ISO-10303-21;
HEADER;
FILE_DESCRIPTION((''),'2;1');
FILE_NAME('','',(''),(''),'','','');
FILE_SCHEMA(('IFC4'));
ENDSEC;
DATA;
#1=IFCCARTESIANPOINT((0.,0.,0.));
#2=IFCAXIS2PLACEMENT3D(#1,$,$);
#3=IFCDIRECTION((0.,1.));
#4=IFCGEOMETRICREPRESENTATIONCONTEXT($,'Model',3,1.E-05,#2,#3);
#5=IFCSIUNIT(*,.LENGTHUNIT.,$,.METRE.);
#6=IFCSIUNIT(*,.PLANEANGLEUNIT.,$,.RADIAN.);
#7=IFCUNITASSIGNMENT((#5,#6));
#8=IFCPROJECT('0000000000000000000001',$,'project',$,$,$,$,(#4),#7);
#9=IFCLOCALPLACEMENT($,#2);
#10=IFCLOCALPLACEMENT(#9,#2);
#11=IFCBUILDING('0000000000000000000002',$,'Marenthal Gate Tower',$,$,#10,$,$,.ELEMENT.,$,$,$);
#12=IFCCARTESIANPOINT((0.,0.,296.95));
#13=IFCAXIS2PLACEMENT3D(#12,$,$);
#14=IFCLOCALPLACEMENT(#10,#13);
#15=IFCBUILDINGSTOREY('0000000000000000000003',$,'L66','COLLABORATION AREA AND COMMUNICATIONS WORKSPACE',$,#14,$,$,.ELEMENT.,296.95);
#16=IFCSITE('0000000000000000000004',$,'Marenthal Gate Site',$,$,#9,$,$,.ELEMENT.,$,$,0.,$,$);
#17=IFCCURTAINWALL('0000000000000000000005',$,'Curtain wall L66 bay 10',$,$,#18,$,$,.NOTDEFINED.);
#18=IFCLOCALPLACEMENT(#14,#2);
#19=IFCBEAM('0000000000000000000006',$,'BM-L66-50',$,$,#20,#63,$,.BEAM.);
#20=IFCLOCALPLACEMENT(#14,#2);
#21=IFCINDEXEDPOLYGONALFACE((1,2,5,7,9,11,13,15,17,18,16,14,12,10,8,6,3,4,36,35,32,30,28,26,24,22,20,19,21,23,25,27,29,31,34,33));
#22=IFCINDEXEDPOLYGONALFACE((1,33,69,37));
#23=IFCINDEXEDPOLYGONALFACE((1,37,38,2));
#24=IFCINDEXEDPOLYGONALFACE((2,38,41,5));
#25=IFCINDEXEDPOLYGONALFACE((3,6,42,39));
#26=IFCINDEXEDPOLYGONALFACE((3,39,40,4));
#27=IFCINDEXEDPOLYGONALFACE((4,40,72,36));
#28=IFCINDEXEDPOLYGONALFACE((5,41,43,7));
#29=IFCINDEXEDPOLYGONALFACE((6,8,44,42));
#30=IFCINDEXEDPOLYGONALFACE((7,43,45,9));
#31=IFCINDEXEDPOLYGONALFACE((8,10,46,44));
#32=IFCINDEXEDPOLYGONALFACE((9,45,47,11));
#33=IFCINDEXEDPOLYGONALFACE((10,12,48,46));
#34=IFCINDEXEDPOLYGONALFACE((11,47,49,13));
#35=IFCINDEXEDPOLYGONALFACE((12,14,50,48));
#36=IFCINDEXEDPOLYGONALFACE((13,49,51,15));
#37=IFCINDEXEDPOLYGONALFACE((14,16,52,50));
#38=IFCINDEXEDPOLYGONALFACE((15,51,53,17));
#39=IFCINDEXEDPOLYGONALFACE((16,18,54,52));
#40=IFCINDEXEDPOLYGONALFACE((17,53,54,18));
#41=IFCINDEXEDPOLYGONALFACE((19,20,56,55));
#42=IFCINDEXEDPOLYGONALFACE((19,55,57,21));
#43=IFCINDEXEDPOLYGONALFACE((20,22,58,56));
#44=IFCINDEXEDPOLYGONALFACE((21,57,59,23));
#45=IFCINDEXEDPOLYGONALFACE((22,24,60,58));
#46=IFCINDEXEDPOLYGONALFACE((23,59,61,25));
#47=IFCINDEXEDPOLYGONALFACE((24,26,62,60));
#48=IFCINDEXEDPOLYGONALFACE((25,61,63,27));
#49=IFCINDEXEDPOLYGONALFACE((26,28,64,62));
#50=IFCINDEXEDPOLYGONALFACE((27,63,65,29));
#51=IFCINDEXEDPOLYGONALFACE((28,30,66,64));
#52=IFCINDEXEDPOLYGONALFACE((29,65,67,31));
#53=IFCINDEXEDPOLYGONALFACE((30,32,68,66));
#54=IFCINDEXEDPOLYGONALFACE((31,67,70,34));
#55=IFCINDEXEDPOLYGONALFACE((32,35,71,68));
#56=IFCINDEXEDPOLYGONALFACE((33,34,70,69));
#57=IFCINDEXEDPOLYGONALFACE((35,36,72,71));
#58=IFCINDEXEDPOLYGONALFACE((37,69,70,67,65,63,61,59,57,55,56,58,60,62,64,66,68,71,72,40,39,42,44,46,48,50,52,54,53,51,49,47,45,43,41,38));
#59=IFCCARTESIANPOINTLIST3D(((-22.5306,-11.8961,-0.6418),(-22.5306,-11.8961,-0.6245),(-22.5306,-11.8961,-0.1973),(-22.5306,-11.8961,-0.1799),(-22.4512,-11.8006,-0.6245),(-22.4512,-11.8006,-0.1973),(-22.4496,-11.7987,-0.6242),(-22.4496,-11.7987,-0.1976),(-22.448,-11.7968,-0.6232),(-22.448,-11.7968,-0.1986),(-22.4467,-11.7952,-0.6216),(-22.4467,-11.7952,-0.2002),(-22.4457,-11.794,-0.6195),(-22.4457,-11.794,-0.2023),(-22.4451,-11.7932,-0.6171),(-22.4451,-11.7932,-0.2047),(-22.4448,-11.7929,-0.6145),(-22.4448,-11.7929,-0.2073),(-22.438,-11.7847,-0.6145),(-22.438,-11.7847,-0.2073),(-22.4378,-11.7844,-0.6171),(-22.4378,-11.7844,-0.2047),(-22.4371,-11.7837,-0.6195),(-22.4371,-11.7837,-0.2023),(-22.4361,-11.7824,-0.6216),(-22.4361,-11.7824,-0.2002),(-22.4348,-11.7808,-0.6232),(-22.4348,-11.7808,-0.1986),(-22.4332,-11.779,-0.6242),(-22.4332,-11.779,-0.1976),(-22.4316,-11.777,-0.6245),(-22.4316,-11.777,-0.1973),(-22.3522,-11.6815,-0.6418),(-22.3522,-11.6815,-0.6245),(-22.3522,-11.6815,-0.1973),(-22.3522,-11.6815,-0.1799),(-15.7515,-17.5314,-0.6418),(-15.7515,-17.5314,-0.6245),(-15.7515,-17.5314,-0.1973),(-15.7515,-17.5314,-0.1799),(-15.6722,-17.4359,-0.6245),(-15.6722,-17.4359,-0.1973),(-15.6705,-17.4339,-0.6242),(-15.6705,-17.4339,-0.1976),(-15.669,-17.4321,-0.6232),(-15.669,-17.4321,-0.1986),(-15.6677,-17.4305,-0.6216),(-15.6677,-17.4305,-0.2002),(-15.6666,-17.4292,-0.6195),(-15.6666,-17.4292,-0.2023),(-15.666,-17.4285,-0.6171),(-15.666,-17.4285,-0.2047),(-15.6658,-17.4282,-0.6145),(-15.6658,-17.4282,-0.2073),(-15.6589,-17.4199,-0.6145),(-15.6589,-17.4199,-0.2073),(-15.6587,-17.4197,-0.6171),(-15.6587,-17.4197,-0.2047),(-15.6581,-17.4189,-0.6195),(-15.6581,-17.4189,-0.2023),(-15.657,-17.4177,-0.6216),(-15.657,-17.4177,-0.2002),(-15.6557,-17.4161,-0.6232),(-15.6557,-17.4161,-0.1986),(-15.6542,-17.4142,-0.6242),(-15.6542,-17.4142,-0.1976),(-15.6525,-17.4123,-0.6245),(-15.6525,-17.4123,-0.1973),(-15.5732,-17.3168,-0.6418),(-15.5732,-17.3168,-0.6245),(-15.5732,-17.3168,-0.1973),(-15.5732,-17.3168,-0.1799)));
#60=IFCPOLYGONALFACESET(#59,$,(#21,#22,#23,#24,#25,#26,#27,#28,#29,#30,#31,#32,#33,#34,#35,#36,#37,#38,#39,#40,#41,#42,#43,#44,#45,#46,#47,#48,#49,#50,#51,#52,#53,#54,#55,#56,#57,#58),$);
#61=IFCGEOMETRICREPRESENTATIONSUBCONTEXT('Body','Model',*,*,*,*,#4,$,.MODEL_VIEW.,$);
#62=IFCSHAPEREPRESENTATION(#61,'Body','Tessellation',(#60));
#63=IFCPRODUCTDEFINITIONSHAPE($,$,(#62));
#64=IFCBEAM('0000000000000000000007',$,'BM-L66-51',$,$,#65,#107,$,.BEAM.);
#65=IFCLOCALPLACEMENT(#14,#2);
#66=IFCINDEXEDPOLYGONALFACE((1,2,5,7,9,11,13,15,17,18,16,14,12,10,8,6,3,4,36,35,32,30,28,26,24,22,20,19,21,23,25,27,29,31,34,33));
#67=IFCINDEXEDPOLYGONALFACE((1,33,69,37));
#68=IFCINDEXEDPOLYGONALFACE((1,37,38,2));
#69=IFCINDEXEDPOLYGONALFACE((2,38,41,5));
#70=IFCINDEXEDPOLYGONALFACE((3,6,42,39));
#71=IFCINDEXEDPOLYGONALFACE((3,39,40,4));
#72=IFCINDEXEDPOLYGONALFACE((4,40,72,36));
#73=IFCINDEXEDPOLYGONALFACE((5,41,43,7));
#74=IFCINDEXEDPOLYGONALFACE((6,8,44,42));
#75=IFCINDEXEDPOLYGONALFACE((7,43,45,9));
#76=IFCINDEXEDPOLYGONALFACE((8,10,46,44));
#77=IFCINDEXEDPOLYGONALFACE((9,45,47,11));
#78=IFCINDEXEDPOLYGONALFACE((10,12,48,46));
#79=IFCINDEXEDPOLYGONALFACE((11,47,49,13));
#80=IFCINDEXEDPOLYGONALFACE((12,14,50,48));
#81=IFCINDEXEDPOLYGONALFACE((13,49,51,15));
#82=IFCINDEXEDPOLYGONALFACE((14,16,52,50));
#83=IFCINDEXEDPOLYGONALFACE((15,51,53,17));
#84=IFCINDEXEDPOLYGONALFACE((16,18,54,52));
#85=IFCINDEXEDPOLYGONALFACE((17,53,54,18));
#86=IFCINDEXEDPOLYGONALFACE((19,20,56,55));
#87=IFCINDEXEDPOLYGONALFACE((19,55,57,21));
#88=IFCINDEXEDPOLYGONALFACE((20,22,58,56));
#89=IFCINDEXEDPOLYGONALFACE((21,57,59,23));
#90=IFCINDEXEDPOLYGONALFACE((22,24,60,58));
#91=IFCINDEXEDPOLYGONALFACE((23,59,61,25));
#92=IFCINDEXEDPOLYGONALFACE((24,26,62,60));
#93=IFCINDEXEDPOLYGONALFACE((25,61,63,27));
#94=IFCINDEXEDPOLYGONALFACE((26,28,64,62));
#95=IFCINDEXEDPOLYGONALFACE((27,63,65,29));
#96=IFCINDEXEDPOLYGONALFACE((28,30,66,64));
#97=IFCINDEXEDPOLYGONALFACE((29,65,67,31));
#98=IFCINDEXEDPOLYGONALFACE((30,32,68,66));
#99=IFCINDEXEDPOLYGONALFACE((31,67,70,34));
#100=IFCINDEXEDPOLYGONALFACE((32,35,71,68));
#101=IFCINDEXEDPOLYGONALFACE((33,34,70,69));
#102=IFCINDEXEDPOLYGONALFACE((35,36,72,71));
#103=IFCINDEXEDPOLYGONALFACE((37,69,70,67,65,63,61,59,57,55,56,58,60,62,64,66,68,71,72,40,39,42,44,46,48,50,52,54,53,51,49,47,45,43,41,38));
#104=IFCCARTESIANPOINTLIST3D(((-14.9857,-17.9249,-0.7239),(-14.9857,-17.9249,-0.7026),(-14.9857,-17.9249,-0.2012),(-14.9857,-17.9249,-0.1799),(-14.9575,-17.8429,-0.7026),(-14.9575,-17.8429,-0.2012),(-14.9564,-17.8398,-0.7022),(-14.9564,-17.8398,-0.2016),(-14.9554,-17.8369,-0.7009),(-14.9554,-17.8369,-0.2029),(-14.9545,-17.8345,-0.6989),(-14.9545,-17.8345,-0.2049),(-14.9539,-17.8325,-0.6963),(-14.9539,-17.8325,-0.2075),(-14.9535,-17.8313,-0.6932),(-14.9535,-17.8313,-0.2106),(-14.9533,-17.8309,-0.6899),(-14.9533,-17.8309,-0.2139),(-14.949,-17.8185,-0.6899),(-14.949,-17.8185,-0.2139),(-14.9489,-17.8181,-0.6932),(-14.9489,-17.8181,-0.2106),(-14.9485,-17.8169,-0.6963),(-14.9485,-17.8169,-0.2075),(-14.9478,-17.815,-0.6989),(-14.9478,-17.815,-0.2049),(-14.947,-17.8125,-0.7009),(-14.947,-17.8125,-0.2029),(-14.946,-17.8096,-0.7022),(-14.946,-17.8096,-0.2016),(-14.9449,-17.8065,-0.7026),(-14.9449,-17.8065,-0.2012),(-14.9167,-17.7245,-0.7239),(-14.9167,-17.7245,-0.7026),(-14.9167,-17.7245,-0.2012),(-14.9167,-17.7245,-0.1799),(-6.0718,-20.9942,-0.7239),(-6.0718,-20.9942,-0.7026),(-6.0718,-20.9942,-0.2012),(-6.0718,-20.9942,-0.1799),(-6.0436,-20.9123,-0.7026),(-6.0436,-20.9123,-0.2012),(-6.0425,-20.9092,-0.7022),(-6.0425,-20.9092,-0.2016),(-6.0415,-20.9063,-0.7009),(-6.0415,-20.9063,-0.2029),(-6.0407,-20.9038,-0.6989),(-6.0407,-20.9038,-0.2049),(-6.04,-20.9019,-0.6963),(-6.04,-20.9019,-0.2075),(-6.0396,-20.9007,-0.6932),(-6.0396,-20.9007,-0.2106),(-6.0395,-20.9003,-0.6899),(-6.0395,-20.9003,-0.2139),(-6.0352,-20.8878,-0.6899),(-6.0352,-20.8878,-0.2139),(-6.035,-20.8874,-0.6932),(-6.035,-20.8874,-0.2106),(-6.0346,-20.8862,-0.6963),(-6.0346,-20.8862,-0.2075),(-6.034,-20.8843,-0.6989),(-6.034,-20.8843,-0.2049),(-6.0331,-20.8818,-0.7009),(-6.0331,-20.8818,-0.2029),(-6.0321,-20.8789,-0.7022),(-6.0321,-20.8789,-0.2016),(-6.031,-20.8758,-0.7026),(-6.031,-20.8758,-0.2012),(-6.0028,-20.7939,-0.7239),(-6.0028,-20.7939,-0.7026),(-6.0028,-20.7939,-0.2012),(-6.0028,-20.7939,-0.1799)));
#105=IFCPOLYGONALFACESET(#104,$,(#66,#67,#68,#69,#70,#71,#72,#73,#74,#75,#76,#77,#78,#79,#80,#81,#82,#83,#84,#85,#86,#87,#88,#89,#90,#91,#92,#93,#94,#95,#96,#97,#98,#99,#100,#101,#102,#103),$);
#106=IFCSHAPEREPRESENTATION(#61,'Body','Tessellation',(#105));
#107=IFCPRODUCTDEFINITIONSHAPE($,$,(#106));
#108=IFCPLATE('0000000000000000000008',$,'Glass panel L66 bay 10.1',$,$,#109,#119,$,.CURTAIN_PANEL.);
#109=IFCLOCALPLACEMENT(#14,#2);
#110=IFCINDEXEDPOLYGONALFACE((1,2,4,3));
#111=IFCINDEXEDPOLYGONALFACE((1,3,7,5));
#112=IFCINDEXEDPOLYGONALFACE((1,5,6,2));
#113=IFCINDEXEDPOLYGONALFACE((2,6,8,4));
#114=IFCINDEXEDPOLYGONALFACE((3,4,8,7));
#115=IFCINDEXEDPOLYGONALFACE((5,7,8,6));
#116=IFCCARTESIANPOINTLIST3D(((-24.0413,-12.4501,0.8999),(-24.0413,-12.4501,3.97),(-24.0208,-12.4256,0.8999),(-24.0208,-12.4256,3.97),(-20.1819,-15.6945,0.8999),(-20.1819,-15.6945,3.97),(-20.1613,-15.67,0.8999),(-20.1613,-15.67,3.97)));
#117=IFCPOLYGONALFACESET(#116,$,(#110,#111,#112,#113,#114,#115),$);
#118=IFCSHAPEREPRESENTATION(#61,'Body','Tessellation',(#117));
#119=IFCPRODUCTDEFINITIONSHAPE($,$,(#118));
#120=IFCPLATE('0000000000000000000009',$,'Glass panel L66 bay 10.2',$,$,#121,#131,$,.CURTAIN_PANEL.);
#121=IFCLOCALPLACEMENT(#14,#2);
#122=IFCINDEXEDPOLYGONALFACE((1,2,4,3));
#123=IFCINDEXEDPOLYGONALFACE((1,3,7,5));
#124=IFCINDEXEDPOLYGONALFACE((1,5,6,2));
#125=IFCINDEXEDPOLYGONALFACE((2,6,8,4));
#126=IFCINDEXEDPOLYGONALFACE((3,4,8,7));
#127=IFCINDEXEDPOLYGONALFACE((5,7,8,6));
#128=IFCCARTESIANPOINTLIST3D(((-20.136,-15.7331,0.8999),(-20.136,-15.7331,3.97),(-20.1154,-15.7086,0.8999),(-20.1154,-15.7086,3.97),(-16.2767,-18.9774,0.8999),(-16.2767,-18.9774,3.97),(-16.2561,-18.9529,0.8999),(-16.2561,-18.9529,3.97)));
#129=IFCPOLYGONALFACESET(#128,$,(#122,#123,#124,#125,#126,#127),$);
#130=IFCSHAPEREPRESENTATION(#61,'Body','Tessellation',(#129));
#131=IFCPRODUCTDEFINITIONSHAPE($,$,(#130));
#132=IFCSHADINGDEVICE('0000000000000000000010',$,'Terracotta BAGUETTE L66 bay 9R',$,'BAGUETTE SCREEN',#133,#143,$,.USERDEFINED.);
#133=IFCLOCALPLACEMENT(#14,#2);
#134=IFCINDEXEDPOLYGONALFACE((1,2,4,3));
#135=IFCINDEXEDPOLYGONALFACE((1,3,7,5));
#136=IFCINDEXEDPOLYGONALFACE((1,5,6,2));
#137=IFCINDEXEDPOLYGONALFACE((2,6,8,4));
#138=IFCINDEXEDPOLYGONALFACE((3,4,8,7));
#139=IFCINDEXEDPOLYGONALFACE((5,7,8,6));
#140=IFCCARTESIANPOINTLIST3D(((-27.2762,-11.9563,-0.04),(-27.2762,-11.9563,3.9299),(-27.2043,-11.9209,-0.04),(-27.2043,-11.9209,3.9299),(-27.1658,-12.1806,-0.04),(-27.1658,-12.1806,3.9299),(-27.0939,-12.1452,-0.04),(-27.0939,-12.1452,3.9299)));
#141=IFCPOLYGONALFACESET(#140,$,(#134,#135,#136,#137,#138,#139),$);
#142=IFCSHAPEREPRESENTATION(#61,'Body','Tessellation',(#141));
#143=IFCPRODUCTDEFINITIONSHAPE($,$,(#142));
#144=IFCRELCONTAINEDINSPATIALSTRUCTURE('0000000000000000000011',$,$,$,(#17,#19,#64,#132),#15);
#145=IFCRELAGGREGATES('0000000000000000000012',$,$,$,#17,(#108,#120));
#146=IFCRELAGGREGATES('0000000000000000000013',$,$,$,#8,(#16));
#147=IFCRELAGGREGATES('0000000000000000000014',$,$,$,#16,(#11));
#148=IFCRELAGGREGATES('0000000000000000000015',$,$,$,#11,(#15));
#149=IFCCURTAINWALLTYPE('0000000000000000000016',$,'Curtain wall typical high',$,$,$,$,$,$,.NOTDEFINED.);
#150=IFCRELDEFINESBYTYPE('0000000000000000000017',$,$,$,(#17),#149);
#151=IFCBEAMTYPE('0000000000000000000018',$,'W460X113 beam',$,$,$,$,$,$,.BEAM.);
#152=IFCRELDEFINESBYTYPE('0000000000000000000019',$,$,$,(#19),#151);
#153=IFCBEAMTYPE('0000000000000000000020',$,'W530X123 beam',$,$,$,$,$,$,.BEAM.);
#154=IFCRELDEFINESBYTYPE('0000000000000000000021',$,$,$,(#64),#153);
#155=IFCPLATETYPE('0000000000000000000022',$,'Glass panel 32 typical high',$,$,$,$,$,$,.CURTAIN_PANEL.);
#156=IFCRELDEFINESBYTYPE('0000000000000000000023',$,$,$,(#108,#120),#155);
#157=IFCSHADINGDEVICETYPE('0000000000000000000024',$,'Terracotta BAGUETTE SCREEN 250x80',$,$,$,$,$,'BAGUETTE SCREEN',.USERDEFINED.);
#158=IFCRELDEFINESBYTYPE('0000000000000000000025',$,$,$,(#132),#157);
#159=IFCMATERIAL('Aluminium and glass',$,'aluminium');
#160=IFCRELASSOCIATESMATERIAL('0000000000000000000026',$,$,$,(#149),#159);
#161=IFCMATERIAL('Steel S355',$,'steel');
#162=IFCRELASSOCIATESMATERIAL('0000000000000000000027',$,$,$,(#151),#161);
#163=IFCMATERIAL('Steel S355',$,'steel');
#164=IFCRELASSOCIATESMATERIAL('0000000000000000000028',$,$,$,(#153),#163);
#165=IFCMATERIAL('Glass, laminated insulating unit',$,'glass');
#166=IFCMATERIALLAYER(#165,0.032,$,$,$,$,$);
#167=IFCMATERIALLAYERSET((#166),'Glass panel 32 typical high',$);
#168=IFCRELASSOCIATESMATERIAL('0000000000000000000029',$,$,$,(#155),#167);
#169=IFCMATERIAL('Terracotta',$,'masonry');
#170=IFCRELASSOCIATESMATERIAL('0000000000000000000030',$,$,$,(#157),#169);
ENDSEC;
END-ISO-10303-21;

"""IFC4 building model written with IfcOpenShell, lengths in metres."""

from ifc_helpers import new_model, si_unit, direction, frame, origin, origin_2d, place, context, subcontext, project, spatial, rectangle, i_section, extrude, material, layer, layer_set, material_profile, profile_set, type_object, element, aggregate, save


model = new_model("IFC4")

# Units and contexts
model_context = context("Model", 3, precision=1e-05, world=origin(), true_north=direction((0.0, 1.0)))
body_context = subcontext(model_context, "Body", "Model", "MODEL_VIEW")
ifc_project = project(units=[si_unit("LENGTHUNIT", "METRE"), si_unit("PLANEANGLEUNIT", "RADIAN")], contexts=[model_context])

# Site, building, storey
site_placement = place(None, origin())
site = spatial("IfcSite", under=ifc_project, at=site_placement, Name="Marenthal Gate Site", CompositionType="ELEMENT", RefElevation=0.0)
building_placement = place(site_placement, origin())
building = spatial("IfcBuilding", under=site, at=building_placement, Name="Marenthal Gate Tower", CompositionType="ELEMENT")
storey_placement = place(building_placement, frame((0.0, 0.0, 296.95)))
storey = spatial("IfcBuildingStorey", under=building, at=storey_placement, Name="L66", Description="COLLABORATION AREA AND COMMUNICATIONS WORKSPACE", CompositionType="ELEMENT", Elevation=296.95)

# Curtain wall
ifc_material_1 = material(Name="Aluminium and glass", Category="aluminium")
curtain_wall_type = type_object("IfcCurtainWallType", Name="Curtain wall typical high", PredefinedType="NOTDEFINED", material=ifc_material_1)
curtain_wall_placement = place(storey_placement, origin())
curtain_wall = element("IfcCurtainWall", 1, at=curtain_wall_placement, inside=storey, type_object=curtain_wall_type, Name="Curtain wall L66 bay 10", PredefinedType="NOTDEFINED")

# Beams
ifc_material_2 = material(Name="Steel S355", Category="steel")
ifc_material_profile_1 = material_profile(ifc_material_2, i_section(OverallWidth=0.2791, OverallDepth=0.4619, WebThickness=0.0107, FlangeThickness=0.0173, FilletRadius=0.01, at=origin_2d()), Name="W460X113")
ifc_profile_set_1 = profile_set([ifc_material_profile_1], Name="Steel S355")
beam_type_1 = type_object("IfcBeamType", Name="W460X113 beam", PredefinedType="BEAM", material=ifc_profile_set_1)
beam_1_placement = place(storey_placement, frame((-22.4414, -11.7888, -0.4109), z_axis=(0.768999, -0.63925, 0.0), x_axis=(0.63925, 0.768999, 0.0)))
element("IfcBeam", 2, at=beam_1_placement, inside=storey, type_object=beam_type_1, Name="BM-L66-50", PredefinedType="BEAM", context=body_context, shape_type="SweptSolid", body=[
    extrude(i_section(OverallWidth=0.2791, OverallDepth=0.4619, WebThickness=0.0107, FlangeThickness=0.0173, FilletRadius=0.01, at=origin_2d()), origin(), (0.0, 0.0, 1.0), 8.8154),
])
ifc_material_3 = material(Name="Steel S355", Category="steel")
ifc_material_profile_2 = material_profile(ifc_material_3, i_section(OverallWidth=0.2119, OverallDepth=0.5439, WebThickness=0.0132, FlangeThickness=0.0212, FilletRadius=0.0127, at=origin_2d()), Name="W530X123")
ifc_profile_set_2 = profile_set([ifc_material_profile_2], Name="Steel S355")
beam_type_2 = type_object("IfcBeamType", Name="W530X123 beam", PredefinedType="BEAM", material=ifc_profile_set_2)
beam_2_placement = place(storey_placement, frame((-14.9512, -17.8247, -0.4519), z_axis=(0.945517, -0.325574, 0.0), x_axis=(0.325574, 0.945517, 0.0)))
element("IfcBeam", 3, at=beam_2_placement, inside=storey, type_object=beam_type_2, Name="BM-L66-51", PredefinedType="BEAM", context=body_context, shape_type="SweptSolid", body=[
    extrude(i_section(OverallWidth=0.2119, OverallDepth=0.5439, WebThickness=0.0132, FlangeThickness=0.0212, FilletRadius=0.0127, at=origin_2d()), origin(), (0.0, 0.0, 1.0), 9.4275),
])

# Plates
ifc_material_4 = material(Name="Glass, laminated insulating unit", Category="glass")
ifc_layer_1 = layer(ifc_material_4, 0.032)
ifc_layer_set_1 = layer_set([ifc_layer_1], Name="Glass panel 32 typical high")
plate_type = type_object("IfcPlateType", Name="Glass panel 32 typical high", PredefinedType="CURTAIN_PANEL", material=ifc_layer_set_1)
plate_1_placement = place(storey_placement, frame((-22.1013, -14.0601, 0.8999), z_axis=(0.0, 0.0, 1.0), x_axis=(0.765463, -0.64348, 0.0)))
plate_1 = element("IfcPlate", 4, at=plate_1_placement, type_object=plate_type, Name="Glass panel L66 bay 10.1", PredefinedType="CURTAIN_PANEL", context=body_context, shape_type="SweptSolid", body=[
    extrude(rectangle(XDim=5.042, YDim=0.032, at=origin_2d()), origin(), (0.0, 0.0, 1.0), 3.0701),
])
plate_2_placement = place(storey_placement, frame((-18.196, -17.343, 0.8999), z_axis=(0.0, 0.0, 1.0), x_axis=(0.765463, -0.64348, 0.0)))
plate_2 = element("IfcPlate", 5, at=plate_2_placement, type_object=plate_type, Name="Glass panel L66 bay 10.2", PredefinedType="CURTAIN_PANEL", context=body_context, shape_type="SweptSolid", body=[
    extrude(rectangle(XDim=5.0417, YDim=0.032, at=origin_2d()), origin(), (0.0, 0.0, 1.0), 3.0701),
])
aggregate(curtain_wall, [plate_1, plate_2])

# Shading device
ifc_material_5 = material(Name="Terracotta", Category="masonry")
ifc_material_profile_3 = material_profile(ifc_material_5, rectangle(XDim=0.25, YDim=0.0801, at=origin_2d()), Name="Terracotta baguette 250x80")
ifc_profile_set_3 = profile_set([ifc_material_profile_3], Name="Terracotta")
shading_device_type = type_object("IfcShadingDeviceType", Name="Terracotta BAGUETTE SCREEN 250x80", ElementType="BAGUETTE SCREEN", PredefinedType="USERDEFINED", material=ifc_profile_set_3)
shading_device_placement = place(storey_placement, frame((-27.1851, -12.0508, -0.04), z_axis=(0.0, 0.0, 1.0), x_axis=(0.441624, -0.8972, 0.0)))
element("IfcShadingDevice", 6, at=shading_device_placement, inside=storey, type_object=shading_device_type, Name="Terracotta BAGUETTE L66 bay 9R", ObjectType="BAGUETTE SCREEN", PredefinedType="USERDEFINED", context=body_context, shape_type="SweptSolid", body=[
    extrude(rectangle(XDim=0.25, YDim=0.0801, at=origin_2d()), origin(), (0.0, 0.0, 1.0), 3.97),
])

save(model, "model.ifc")
